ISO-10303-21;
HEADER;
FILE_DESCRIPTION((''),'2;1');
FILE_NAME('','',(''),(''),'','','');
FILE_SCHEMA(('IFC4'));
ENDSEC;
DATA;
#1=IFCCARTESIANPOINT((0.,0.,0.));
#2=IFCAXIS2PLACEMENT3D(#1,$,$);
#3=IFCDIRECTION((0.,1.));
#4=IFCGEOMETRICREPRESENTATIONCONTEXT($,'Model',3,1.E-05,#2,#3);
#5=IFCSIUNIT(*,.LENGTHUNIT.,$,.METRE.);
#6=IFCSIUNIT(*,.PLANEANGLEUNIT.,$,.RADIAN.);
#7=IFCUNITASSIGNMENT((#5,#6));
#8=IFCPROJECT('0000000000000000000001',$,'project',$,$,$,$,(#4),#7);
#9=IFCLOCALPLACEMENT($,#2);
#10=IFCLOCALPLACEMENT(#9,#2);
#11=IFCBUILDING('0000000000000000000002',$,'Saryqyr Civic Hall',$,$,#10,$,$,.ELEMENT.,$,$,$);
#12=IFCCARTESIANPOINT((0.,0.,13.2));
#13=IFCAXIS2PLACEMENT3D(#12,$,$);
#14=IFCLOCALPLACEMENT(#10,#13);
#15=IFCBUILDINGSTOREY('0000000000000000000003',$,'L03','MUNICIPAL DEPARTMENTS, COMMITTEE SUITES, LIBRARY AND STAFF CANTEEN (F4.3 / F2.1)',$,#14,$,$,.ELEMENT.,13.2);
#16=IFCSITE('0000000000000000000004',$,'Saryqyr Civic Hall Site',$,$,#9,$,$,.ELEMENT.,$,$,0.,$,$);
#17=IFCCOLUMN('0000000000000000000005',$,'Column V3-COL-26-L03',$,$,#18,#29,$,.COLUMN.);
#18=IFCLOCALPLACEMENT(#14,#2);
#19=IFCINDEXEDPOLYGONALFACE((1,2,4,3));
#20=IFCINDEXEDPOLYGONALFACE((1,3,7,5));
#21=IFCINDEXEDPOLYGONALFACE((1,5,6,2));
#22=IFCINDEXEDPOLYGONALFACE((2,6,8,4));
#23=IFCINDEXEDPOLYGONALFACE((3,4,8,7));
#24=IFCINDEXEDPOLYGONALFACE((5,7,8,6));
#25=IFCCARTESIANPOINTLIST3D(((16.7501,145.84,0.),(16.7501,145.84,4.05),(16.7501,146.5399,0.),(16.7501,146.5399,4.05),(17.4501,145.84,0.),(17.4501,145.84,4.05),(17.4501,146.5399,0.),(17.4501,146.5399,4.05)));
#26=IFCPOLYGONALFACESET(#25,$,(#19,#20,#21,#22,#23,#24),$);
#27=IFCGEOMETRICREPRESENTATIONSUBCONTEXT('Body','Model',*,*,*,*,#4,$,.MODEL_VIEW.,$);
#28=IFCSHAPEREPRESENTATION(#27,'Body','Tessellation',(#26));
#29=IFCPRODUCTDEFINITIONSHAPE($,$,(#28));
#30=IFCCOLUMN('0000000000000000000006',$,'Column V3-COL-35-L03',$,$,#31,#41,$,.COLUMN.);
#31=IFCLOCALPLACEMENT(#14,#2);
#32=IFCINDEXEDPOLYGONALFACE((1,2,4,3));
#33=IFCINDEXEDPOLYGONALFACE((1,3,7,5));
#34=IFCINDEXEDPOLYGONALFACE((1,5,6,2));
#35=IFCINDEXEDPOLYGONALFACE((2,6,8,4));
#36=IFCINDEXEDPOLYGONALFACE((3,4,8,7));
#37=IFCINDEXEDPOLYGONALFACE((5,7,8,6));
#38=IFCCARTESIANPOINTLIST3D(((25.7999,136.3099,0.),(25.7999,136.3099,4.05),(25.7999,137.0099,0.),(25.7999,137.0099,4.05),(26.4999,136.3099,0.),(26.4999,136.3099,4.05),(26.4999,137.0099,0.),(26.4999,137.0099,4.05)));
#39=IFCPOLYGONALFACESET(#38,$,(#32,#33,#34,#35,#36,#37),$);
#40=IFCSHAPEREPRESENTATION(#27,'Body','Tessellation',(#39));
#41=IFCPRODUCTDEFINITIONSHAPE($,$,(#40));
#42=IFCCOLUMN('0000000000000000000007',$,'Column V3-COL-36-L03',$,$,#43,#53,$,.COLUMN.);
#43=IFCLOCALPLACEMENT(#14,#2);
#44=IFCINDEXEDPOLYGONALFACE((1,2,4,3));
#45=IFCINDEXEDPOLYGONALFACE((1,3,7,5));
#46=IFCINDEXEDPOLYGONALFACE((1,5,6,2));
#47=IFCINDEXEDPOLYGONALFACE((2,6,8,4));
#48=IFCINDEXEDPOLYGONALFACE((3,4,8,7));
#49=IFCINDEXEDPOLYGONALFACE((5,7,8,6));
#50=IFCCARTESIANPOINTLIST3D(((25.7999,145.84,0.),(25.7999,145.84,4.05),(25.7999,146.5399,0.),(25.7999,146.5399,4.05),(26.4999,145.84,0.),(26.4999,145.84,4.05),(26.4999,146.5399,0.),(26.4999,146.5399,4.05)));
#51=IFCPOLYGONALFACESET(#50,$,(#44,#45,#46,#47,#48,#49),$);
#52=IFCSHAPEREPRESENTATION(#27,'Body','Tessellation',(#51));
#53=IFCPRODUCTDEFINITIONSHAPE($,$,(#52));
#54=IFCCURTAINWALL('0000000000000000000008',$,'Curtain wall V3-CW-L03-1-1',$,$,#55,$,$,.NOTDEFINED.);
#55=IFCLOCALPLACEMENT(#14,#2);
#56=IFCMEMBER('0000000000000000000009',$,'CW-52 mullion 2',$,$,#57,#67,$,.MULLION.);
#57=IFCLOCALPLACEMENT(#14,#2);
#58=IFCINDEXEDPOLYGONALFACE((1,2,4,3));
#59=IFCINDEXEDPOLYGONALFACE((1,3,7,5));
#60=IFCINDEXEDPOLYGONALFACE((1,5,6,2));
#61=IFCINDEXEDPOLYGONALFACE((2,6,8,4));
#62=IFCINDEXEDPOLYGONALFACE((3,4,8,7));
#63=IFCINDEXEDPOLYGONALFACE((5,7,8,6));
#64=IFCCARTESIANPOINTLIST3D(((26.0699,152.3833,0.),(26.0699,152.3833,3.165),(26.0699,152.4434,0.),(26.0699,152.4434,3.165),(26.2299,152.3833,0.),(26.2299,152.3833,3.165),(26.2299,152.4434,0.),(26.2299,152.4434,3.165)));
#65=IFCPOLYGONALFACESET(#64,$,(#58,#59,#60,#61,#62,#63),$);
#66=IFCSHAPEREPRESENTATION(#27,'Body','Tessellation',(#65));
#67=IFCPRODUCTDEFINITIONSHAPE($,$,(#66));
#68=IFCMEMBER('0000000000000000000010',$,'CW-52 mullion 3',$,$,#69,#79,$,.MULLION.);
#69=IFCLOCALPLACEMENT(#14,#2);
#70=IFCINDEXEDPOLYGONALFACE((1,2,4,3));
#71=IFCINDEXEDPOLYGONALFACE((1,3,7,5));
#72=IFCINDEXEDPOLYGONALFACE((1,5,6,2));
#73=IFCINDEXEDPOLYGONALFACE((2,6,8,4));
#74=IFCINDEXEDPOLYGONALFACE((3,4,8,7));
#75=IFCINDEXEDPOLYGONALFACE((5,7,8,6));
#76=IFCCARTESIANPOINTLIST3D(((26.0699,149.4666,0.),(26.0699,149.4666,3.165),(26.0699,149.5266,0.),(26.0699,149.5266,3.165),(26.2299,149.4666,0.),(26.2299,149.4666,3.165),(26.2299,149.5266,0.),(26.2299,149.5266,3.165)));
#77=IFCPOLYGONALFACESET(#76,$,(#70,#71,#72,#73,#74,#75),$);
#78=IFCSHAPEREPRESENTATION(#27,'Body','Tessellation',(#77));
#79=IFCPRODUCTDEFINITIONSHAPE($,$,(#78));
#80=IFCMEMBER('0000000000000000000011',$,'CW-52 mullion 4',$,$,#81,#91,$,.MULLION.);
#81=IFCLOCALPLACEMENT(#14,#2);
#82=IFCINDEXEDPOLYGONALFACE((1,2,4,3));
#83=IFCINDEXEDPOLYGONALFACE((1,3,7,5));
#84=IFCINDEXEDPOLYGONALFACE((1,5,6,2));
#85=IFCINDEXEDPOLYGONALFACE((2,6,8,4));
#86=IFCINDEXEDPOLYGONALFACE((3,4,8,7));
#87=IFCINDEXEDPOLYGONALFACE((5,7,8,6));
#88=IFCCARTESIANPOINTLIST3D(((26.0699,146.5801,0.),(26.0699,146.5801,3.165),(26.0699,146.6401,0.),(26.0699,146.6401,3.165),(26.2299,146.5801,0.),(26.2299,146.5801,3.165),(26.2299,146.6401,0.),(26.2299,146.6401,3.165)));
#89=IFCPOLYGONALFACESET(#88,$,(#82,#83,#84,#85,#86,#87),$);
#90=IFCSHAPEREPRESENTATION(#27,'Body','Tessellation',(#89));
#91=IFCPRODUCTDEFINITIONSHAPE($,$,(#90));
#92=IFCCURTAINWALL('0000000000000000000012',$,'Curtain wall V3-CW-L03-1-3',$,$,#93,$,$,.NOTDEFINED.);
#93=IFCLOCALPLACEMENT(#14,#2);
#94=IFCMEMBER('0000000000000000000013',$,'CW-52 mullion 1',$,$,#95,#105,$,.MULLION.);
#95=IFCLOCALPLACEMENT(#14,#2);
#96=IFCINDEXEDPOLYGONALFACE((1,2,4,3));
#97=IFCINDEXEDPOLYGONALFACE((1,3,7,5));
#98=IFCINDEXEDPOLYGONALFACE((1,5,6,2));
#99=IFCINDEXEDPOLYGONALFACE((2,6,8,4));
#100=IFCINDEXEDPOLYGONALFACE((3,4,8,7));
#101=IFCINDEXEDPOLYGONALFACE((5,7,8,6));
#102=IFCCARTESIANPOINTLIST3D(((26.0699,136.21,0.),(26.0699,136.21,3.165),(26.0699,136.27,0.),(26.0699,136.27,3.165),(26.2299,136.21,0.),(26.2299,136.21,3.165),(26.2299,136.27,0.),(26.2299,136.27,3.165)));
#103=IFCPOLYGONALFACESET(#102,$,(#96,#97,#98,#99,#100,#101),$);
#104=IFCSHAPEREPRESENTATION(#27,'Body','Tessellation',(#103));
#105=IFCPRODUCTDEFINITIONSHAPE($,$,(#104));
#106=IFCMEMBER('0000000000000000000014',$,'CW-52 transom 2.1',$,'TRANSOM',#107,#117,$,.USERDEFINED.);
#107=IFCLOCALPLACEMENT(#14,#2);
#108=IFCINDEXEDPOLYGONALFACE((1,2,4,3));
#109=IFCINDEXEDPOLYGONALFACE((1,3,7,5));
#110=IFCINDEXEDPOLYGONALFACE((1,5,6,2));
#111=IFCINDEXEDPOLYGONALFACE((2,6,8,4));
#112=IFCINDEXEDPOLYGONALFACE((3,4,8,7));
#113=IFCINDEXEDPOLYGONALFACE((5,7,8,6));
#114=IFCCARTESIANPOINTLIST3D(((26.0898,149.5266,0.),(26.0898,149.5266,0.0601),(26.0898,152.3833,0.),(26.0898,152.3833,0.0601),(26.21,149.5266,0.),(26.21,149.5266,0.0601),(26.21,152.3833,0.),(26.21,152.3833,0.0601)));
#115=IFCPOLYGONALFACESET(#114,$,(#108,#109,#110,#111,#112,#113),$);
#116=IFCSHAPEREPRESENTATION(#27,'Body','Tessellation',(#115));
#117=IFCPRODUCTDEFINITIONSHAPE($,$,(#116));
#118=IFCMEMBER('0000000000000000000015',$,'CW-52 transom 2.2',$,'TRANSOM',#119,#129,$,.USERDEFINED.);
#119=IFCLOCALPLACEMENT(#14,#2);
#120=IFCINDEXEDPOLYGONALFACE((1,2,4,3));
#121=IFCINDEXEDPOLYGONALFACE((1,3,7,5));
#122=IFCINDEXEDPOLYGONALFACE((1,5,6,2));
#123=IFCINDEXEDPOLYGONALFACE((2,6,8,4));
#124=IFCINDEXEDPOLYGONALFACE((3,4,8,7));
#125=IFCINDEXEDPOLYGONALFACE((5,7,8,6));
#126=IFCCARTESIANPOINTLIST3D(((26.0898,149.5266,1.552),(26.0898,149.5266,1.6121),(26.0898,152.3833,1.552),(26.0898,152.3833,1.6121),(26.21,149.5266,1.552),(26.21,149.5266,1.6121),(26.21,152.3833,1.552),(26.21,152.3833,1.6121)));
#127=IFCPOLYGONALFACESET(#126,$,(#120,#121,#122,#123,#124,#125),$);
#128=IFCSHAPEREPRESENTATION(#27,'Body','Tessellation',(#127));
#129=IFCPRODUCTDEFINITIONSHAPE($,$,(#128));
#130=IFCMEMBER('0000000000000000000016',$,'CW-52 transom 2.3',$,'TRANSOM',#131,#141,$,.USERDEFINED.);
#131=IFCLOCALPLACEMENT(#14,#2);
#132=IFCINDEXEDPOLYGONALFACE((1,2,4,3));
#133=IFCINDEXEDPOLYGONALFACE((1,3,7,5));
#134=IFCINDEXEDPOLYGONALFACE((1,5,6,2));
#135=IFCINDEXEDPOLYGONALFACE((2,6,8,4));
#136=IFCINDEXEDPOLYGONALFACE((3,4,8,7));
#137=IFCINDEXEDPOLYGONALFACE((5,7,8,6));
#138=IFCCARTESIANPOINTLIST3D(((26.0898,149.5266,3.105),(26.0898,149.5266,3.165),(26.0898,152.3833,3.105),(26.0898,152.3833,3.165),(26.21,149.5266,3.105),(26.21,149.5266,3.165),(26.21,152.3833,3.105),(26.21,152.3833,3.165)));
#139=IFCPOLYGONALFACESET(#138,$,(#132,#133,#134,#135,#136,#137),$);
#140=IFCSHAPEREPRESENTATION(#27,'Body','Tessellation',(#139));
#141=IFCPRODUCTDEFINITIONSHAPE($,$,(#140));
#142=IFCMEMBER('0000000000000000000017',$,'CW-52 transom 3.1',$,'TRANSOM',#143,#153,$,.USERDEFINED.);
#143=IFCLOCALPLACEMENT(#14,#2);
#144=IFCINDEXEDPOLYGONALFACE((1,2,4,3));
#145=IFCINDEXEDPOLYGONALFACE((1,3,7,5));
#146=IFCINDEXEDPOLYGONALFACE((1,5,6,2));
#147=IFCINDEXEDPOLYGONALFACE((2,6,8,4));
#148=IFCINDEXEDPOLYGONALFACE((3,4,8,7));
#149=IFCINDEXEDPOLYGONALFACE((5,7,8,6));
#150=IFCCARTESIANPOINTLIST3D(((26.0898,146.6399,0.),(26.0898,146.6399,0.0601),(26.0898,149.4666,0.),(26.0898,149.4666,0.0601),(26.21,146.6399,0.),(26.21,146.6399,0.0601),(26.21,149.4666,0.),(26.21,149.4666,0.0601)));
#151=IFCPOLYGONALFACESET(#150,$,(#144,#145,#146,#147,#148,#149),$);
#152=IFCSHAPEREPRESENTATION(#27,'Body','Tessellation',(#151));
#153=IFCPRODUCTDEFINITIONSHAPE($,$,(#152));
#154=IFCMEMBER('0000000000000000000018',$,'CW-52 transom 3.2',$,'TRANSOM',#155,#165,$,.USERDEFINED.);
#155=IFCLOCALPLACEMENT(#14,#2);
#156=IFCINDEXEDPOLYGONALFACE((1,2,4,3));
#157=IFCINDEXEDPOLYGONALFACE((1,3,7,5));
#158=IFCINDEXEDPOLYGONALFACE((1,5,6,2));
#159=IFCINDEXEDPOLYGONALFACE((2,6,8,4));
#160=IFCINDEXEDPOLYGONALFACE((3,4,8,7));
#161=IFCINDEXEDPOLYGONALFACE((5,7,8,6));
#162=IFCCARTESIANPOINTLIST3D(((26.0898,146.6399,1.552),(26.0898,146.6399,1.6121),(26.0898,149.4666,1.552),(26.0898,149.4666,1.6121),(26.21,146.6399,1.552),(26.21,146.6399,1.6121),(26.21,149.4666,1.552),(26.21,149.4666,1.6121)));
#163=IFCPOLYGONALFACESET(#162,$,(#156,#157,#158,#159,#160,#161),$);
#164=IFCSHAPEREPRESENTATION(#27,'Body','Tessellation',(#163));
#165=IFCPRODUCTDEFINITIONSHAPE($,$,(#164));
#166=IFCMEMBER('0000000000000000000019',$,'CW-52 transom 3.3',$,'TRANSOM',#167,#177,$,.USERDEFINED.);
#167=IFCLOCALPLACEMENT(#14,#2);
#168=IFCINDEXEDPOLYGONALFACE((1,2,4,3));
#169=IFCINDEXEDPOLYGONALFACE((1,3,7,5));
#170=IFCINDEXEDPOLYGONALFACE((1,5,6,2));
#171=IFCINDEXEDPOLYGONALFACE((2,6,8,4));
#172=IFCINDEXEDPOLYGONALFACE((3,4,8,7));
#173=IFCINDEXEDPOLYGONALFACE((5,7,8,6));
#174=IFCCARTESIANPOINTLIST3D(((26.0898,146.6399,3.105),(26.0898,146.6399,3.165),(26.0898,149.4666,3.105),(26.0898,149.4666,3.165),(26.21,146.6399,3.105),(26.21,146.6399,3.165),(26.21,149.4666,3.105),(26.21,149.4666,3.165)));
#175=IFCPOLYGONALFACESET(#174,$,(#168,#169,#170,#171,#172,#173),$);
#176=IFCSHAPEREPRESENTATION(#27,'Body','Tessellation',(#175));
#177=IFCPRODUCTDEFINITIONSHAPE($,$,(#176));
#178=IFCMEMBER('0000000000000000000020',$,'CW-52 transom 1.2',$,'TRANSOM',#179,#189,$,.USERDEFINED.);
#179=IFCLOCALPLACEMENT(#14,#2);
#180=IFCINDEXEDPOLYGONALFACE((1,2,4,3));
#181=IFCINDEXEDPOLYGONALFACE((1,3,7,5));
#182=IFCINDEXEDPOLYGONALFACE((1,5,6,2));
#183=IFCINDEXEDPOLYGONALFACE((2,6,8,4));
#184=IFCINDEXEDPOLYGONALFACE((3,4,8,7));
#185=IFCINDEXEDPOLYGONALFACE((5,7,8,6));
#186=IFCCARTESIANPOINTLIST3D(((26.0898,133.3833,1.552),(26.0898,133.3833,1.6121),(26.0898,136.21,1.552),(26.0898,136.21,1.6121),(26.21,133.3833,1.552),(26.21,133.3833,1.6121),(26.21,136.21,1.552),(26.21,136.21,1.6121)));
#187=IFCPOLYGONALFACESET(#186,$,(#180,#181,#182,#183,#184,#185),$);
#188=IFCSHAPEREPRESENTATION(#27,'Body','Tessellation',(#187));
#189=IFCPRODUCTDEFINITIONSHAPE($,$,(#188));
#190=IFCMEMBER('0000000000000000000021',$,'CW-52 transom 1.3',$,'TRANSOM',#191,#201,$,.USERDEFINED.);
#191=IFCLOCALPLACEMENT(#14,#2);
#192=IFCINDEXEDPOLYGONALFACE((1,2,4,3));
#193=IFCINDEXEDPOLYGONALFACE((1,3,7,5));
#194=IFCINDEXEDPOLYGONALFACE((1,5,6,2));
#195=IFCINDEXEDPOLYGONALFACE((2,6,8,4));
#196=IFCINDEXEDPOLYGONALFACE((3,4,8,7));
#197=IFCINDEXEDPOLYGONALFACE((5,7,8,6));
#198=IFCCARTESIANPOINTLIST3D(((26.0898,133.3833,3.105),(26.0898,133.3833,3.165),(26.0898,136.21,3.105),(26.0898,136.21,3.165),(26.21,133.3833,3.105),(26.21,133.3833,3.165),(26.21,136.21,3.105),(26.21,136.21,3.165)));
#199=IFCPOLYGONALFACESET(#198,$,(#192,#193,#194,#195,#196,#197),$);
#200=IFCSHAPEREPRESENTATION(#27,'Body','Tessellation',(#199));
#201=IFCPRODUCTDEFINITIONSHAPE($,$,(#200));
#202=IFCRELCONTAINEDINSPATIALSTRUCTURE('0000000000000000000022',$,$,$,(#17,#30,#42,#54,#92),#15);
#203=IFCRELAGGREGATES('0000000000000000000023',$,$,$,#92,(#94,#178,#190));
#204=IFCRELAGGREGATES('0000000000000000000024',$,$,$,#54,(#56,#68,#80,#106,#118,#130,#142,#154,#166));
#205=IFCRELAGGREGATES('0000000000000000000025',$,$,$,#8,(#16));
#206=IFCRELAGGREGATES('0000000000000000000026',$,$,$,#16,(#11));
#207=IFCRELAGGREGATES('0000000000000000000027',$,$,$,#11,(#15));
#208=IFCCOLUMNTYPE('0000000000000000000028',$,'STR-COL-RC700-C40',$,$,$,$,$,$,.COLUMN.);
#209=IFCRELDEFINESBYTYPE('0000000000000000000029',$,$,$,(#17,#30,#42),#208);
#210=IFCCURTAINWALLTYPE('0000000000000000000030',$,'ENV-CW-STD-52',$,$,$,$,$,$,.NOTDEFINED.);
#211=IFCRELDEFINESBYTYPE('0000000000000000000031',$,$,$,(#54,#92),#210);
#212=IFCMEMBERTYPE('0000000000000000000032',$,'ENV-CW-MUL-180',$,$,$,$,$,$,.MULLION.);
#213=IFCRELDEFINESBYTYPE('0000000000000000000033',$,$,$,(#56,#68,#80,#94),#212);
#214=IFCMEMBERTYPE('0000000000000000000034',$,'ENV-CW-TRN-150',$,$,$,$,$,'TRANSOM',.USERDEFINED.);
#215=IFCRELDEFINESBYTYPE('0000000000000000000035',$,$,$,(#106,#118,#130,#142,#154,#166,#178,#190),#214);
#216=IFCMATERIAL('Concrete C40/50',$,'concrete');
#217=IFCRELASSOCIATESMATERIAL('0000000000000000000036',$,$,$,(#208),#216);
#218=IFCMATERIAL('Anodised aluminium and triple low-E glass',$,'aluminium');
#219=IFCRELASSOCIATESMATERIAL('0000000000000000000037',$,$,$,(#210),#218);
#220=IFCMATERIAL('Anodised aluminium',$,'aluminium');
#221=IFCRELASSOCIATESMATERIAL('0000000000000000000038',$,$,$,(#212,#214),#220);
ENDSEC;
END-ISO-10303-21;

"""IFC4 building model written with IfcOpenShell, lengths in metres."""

from ifc_helpers import new_model, si_unit, direction, frame, origin, origin_2d, place, context, subcontext, project, spatial, rectangle, extrude, material, material_profile, profile_set, type_object, element, aggregate, save


model = new_model("IFC4")

# Units and contexts
model_context = context("Model", 3, precision=1e-05, world=origin(), true_north=direction((0.0, 1.0)))
body_context = subcontext(model_context, "Body", "Model", "MODEL_VIEW")
ifc_project = project(units=[si_unit("LENGTHUNIT", "METRE"), si_unit("PLANEANGLEUNIT", "RADIAN")], contexts=[model_context])

# Site, building, storey
site_placement = place(None, origin())
site = spatial("IfcSite", under=ifc_project, at=site_placement, Name="Saryqyr Civic Hall Site", CompositionType="ELEMENT", RefElevation=0.0)
building_placement = place(site_placement, origin())
building = spatial("IfcBuilding", under=site, at=building_placement, Name="Saryqyr Civic Hall", CompositionType="ELEMENT")
storey_placement = place(building_placement, frame((0.0, 0.0, 13.2)))
storey = spatial("IfcBuildingStorey", under=building, at=storey_placement, Name="L03", Description="MUNICIPAL DEPARTMENTS, COMMITTEE SUITES, LIBRARY AND STAFF CANTEEN (F4.3 / F2.1)", CompositionType="ELEMENT", Elevation=13.2)

# Columns
ifc_material_1 = material(Name="Concrete C40/50", Category="concrete")
ifc_material_profile_1 = material_profile(ifc_material_1, rectangle(XDim=0.7, YDim=0.7, at=origin_2d()), Name="RC 700x700")
ifc_profile_set_1 = profile_set([ifc_material_profile_1], Name="Concrete C40/50")
column_type = type_object("IfcColumnType", Name="STR-COL-RC700-C40", PredefinedType="COLUMN", material=ifc_profile_set_1)
for number, where, z_axis, x_axis, name in (
    (1, (17.1001, 146.1899, 0.0), (0.0, 0.0, 1.0), (1.0, 0.0, 0.0), "Column V3-COL-26-L03"),
    (2, (26.1499, 136.6599, 0.0), (0.0, 0.0, 1.0), (1.0, 0.0, 0.0), "Column V3-COL-35-L03"),
    (3, (26.1499, 146.1899, 0.0), (0.0, 0.0, 1.0), (1.0, 0.0, 0.0), "Column V3-COL-36-L03"),
):
    element("IfcColumn", number, at=place(storey_placement, frame(where, z_axis=z_axis, x_axis=x_axis)), inside=storey, type_object=column_type, Name=name, PredefinedType="COLUMN", context=body_context, shape_type="SweptSolid", body=[
        extrude(rectangle(XDim=0.7, YDim=0.7, at=origin_2d()), origin(), (0.0, 0.0, 1.0), 4.05),
    ])

# Curtain wall, members
ifc_material_2 = material(Name="Anodised aluminium and triple low-E glass", Category="aluminium")
curtain_wall_type = type_object("IfcCurtainWallType", Name="ENV-CW-STD-52", PredefinedType="NOTDEFINED", material=ifc_material_2)
curtain_wall_1_placement = place(storey_placement, origin())
curtain_wall_1 = element("IfcCurtainWall", 4, at=curtain_wall_1_placement, inside=storey, type_object=curtain_wall_type, Name="Curtain wall V3-CW-L03-1-1", PredefinedType="NOTDEFINED")
ifc_material_3 = material(Name="Anodised aluminium", Category="aluminium")
ifc_material_profile_2 = material_profile(ifc_material_3, rectangle(XDim=0.0601, YDim=0.1599, at=origin_2d()), Name="ALU MULLION 60x160")
ifc_profile_set_2 = profile_set([ifc_material_profile_2], Name="Anodised aluminium")
member_type_1 = type_object("IfcMemberType", Name="ENV-CW-MUL-180", PredefinedType="MULLION", material=ifc_profile_set_2)
member_1_placement = place(storey_placement, frame((26.1499, 152.4133, 0.0), z_axis=(0.0, 0.0, 1.0), x_axis=(0.0, -1.0, 0.0)))
member_1 = element("IfcMember", 5, at=member_1_placement, type_object=member_type_1, Name="CW-52 mullion 2", PredefinedType="MULLION", context=body_context, shape_type="SweptSolid", body=[
    extrude(rectangle(XDim=0.0601, YDim=0.1599, at=origin_2d()), origin(), (0.0, 0.0, 1.0), 3.165),
])
member_2_placement = place(storey_placement, frame((26.1499, 149.4966, 0.0), z_axis=(0.0, 0.0, 1.0), x_axis=(0.0, -1.0, 0.0)))
member_2 = element("IfcMember", 6, at=member_2_placement, type_object=member_type_1, Name="CW-52 mullion 3", PredefinedType="MULLION", context=body_context, shape_type="SweptSolid", body=[
    extrude(rectangle(XDim=0.0601, YDim=0.1599, at=origin_2d()), origin(), (0.0, 0.0, 1.0), 3.165),
])
member_3_placement = place(storey_placement, frame((26.1499, 146.6101, 0.0), z_axis=(0.0, 0.0, 1.0), x_axis=(0.0, -1.0, 0.0)))
member_3 = element("IfcMember", 7, at=member_3_placement, type_object=member_type_1, Name="CW-52 mullion 4", PredefinedType="MULLION", context=body_context, shape_type="SweptSolid", body=[
    extrude(rectangle(XDim=0.0601, YDim=0.1599, at=origin_2d()), origin(), (0.0, 0.0, 1.0), 3.165),
])

# Curtain wall, member
curtain_wall_2_placement = place(storey_placement, origin())
curtain_wall_2 = element("IfcCurtainWall", 8, at=curtain_wall_2_placement, inside=storey, type_object=curtain_wall_type, Name="Curtain wall V3-CW-L03-1-3", PredefinedType="NOTDEFINED")
member_4_placement = place(storey_placement, frame((26.1499, 136.24, 0.0), z_axis=(0.0, 0.0, 1.0), x_axis=(0.0, -1.0, 0.0)))
member_4 = element("IfcMember", 9, at=member_4_placement, type_object=member_type_1, Name="CW-52 mullion 1", PredefinedType="MULLION", context=body_context, shape_type="SweptSolid", body=[
    extrude(rectangle(XDim=0.0601, YDim=0.1599, at=origin_2d()), origin(), (0.0, 0.0, 1.0), 3.165),
])

# Members
ifc_material_profile_3 = material_profile(ifc_material_3, rectangle(XDim=0.1201, YDim=0.0601, at=origin_2d()), Name="ALU TRANSOM 120x60")
ifc_profile_set_3 = profile_set([ifc_material_profile_3], Name="Anodised aluminium")
member_type_2 = type_object("IfcMemberType", Name="ENV-CW-TRN-150", ElementType="TRANSOM", PredefinedType="USERDEFINED", material=ifc_profile_set_3)
member_5_placement = place(storey_placement, frame((26.1499, 152.3833, 0.03), z_axis=(0.0, -1.0, 0.0), x_axis=(1.0, 0.0, 0.0)))
member_5 = element("IfcMember", 10, at=member_5_placement, type_object=member_type_2, Name="CW-52 transom 2.1", ObjectType="TRANSOM", PredefinedType="USERDEFINED", context=body_context, shape_type="SweptSolid", body=[
    extrude(rectangle(XDim=0.1201, YDim=0.0601, at=origin_2d()), origin(), (0.0, 0.0, 1.0), 2.8567),
])
member_6_placement = place(storey_placement, frame((26.1499, 152.3833, 1.582), z_axis=(0.0, -1.0, 0.0), x_axis=(1.0, 0.0, 0.0)))
member_6 = element("IfcMember", 11, at=member_6_placement, type_object=member_type_2, Name="CW-52 transom 2.2", ObjectType="TRANSOM", PredefinedType="USERDEFINED", context=body_context, shape_type="SweptSolid", body=[
    extrude(rectangle(XDim=0.1201, YDim=0.0601, at=origin_2d()), origin(), (0.0, 0.0, 1.0), 2.8567),
])
member_7_placement = place(storey_placement, frame((26.1499, 152.3833, 3.135), z_axis=(0.0, -1.0, 0.0), x_axis=(1.0, 0.0, 0.0)))
member_7 = element("IfcMember", 12, at=member_7_placement, type_object=member_type_2, Name="CW-52 transom 2.3", ObjectType="TRANSOM", PredefinedType="USERDEFINED", context=body_context, shape_type="SweptSolid", body=[
    extrude(rectangle(XDim=0.1201, YDim=0.0601, at=origin_2d()), origin(), (0.0, 0.0, 1.0), 2.8567),
])
member_8_placement = place(storey_placement, frame((26.1499, 149.4666, 0.03), z_axis=(0.0, -1.0, 0.0), x_axis=(1.0, 0.0, 0.0)))
member_8 = element("IfcMember", 13, at=member_8_placement, type_object=member_type_2, Name="CW-52 transom 3.1", ObjectType="TRANSOM", PredefinedType="USERDEFINED", context=body_context, shape_type="SweptSolid", body=[
    extrude(rectangle(XDim=0.1201, YDim=0.0601, at=origin_2d()), origin(), (0.0, 0.0, 1.0), 2.8267),
])
member_9_placement = place(storey_placement, frame((26.1499, 149.4666, 1.582), z_axis=(0.0, -1.0, 0.0), x_axis=(1.0, 0.0, 0.0)))
member_9 = element("IfcMember", 14, at=member_9_placement, type_object=member_type_2, Name="CW-52 transom 3.2", ObjectType="TRANSOM", PredefinedType="USERDEFINED", context=body_context, shape_type="SweptSolid", body=[
    extrude(rectangle(XDim=0.1201, YDim=0.0601, at=origin_2d()), origin(), (0.0, 0.0, 1.0), 2.8267),
])
member_10_placement = place(storey_placement, frame((26.1499, 149.4666, 3.135), z_axis=(0.0, -1.0, 0.0), x_axis=(1.0, 0.0, 0.0)))
member_10 = element("IfcMember", 15, at=member_10_placement, type_object=member_type_2, Name="CW-52 transom 3.3", ObjectType="TRANSOM", PredefinedType="USERDEFINED", context=body_context, shape_type="SweptSolid", body=[
    extrude(rectangle(XDim=0.1201, YDim=0.0601, at=origin_2d()), origin(), (0.0, 0.0, 1.0), 2.8267),
])
member_11_placement = place(storey_placement, frame((26.1499, 136.21, 1.582), z_axis=(0.0, -1.0, 0.0), x_axis=(1.0, 0.0, 0.0)))
member_11 = element("IfcMember", 16, at=member_11_placement, type_object=member_type_2, Name="CW-52 transom 1.2", ObjectType="TRANSOM", PredefinedType="USERDEFINED", context=body_context, shape_type="SweptSolid", body=[
    extrude(rectangle(XDim=0.1201, YDim=0.0601, at=origin_2d()), origin(), (0.0, 0.0, 1.0), 2.8267),
])
member_12_placement = place(storey_placement, frame((26.1499, 136.21, 3.135), z_axis=(0.0, -1.0, 0.0), x_axis=(1.0, 0.0, 0.0)))
member_12 = element("IfcMember", 17, at=member_12_placement, type_object=member_type_2, Name="CW-52 transom 1.3", ObjectType="TRANSOM", PredefinedType="USERDEFINED", context=body_context, shape_type="SweptSolid", body=[
    extrude(rectangle(XDim=0.1201, YDim=0.0601, at=origin_2d()), origin(), (0.0, 0.0, 1.0), 2.8267),
])
aggregate(curtain_wall_2, [member_4, member_11, member_12])

aggregate(curtain_wall_1, [member_1, member_2, member_3, member_5, member_6, member_7, member_8, member_9, member_10])

save(model, "model.ifc")
